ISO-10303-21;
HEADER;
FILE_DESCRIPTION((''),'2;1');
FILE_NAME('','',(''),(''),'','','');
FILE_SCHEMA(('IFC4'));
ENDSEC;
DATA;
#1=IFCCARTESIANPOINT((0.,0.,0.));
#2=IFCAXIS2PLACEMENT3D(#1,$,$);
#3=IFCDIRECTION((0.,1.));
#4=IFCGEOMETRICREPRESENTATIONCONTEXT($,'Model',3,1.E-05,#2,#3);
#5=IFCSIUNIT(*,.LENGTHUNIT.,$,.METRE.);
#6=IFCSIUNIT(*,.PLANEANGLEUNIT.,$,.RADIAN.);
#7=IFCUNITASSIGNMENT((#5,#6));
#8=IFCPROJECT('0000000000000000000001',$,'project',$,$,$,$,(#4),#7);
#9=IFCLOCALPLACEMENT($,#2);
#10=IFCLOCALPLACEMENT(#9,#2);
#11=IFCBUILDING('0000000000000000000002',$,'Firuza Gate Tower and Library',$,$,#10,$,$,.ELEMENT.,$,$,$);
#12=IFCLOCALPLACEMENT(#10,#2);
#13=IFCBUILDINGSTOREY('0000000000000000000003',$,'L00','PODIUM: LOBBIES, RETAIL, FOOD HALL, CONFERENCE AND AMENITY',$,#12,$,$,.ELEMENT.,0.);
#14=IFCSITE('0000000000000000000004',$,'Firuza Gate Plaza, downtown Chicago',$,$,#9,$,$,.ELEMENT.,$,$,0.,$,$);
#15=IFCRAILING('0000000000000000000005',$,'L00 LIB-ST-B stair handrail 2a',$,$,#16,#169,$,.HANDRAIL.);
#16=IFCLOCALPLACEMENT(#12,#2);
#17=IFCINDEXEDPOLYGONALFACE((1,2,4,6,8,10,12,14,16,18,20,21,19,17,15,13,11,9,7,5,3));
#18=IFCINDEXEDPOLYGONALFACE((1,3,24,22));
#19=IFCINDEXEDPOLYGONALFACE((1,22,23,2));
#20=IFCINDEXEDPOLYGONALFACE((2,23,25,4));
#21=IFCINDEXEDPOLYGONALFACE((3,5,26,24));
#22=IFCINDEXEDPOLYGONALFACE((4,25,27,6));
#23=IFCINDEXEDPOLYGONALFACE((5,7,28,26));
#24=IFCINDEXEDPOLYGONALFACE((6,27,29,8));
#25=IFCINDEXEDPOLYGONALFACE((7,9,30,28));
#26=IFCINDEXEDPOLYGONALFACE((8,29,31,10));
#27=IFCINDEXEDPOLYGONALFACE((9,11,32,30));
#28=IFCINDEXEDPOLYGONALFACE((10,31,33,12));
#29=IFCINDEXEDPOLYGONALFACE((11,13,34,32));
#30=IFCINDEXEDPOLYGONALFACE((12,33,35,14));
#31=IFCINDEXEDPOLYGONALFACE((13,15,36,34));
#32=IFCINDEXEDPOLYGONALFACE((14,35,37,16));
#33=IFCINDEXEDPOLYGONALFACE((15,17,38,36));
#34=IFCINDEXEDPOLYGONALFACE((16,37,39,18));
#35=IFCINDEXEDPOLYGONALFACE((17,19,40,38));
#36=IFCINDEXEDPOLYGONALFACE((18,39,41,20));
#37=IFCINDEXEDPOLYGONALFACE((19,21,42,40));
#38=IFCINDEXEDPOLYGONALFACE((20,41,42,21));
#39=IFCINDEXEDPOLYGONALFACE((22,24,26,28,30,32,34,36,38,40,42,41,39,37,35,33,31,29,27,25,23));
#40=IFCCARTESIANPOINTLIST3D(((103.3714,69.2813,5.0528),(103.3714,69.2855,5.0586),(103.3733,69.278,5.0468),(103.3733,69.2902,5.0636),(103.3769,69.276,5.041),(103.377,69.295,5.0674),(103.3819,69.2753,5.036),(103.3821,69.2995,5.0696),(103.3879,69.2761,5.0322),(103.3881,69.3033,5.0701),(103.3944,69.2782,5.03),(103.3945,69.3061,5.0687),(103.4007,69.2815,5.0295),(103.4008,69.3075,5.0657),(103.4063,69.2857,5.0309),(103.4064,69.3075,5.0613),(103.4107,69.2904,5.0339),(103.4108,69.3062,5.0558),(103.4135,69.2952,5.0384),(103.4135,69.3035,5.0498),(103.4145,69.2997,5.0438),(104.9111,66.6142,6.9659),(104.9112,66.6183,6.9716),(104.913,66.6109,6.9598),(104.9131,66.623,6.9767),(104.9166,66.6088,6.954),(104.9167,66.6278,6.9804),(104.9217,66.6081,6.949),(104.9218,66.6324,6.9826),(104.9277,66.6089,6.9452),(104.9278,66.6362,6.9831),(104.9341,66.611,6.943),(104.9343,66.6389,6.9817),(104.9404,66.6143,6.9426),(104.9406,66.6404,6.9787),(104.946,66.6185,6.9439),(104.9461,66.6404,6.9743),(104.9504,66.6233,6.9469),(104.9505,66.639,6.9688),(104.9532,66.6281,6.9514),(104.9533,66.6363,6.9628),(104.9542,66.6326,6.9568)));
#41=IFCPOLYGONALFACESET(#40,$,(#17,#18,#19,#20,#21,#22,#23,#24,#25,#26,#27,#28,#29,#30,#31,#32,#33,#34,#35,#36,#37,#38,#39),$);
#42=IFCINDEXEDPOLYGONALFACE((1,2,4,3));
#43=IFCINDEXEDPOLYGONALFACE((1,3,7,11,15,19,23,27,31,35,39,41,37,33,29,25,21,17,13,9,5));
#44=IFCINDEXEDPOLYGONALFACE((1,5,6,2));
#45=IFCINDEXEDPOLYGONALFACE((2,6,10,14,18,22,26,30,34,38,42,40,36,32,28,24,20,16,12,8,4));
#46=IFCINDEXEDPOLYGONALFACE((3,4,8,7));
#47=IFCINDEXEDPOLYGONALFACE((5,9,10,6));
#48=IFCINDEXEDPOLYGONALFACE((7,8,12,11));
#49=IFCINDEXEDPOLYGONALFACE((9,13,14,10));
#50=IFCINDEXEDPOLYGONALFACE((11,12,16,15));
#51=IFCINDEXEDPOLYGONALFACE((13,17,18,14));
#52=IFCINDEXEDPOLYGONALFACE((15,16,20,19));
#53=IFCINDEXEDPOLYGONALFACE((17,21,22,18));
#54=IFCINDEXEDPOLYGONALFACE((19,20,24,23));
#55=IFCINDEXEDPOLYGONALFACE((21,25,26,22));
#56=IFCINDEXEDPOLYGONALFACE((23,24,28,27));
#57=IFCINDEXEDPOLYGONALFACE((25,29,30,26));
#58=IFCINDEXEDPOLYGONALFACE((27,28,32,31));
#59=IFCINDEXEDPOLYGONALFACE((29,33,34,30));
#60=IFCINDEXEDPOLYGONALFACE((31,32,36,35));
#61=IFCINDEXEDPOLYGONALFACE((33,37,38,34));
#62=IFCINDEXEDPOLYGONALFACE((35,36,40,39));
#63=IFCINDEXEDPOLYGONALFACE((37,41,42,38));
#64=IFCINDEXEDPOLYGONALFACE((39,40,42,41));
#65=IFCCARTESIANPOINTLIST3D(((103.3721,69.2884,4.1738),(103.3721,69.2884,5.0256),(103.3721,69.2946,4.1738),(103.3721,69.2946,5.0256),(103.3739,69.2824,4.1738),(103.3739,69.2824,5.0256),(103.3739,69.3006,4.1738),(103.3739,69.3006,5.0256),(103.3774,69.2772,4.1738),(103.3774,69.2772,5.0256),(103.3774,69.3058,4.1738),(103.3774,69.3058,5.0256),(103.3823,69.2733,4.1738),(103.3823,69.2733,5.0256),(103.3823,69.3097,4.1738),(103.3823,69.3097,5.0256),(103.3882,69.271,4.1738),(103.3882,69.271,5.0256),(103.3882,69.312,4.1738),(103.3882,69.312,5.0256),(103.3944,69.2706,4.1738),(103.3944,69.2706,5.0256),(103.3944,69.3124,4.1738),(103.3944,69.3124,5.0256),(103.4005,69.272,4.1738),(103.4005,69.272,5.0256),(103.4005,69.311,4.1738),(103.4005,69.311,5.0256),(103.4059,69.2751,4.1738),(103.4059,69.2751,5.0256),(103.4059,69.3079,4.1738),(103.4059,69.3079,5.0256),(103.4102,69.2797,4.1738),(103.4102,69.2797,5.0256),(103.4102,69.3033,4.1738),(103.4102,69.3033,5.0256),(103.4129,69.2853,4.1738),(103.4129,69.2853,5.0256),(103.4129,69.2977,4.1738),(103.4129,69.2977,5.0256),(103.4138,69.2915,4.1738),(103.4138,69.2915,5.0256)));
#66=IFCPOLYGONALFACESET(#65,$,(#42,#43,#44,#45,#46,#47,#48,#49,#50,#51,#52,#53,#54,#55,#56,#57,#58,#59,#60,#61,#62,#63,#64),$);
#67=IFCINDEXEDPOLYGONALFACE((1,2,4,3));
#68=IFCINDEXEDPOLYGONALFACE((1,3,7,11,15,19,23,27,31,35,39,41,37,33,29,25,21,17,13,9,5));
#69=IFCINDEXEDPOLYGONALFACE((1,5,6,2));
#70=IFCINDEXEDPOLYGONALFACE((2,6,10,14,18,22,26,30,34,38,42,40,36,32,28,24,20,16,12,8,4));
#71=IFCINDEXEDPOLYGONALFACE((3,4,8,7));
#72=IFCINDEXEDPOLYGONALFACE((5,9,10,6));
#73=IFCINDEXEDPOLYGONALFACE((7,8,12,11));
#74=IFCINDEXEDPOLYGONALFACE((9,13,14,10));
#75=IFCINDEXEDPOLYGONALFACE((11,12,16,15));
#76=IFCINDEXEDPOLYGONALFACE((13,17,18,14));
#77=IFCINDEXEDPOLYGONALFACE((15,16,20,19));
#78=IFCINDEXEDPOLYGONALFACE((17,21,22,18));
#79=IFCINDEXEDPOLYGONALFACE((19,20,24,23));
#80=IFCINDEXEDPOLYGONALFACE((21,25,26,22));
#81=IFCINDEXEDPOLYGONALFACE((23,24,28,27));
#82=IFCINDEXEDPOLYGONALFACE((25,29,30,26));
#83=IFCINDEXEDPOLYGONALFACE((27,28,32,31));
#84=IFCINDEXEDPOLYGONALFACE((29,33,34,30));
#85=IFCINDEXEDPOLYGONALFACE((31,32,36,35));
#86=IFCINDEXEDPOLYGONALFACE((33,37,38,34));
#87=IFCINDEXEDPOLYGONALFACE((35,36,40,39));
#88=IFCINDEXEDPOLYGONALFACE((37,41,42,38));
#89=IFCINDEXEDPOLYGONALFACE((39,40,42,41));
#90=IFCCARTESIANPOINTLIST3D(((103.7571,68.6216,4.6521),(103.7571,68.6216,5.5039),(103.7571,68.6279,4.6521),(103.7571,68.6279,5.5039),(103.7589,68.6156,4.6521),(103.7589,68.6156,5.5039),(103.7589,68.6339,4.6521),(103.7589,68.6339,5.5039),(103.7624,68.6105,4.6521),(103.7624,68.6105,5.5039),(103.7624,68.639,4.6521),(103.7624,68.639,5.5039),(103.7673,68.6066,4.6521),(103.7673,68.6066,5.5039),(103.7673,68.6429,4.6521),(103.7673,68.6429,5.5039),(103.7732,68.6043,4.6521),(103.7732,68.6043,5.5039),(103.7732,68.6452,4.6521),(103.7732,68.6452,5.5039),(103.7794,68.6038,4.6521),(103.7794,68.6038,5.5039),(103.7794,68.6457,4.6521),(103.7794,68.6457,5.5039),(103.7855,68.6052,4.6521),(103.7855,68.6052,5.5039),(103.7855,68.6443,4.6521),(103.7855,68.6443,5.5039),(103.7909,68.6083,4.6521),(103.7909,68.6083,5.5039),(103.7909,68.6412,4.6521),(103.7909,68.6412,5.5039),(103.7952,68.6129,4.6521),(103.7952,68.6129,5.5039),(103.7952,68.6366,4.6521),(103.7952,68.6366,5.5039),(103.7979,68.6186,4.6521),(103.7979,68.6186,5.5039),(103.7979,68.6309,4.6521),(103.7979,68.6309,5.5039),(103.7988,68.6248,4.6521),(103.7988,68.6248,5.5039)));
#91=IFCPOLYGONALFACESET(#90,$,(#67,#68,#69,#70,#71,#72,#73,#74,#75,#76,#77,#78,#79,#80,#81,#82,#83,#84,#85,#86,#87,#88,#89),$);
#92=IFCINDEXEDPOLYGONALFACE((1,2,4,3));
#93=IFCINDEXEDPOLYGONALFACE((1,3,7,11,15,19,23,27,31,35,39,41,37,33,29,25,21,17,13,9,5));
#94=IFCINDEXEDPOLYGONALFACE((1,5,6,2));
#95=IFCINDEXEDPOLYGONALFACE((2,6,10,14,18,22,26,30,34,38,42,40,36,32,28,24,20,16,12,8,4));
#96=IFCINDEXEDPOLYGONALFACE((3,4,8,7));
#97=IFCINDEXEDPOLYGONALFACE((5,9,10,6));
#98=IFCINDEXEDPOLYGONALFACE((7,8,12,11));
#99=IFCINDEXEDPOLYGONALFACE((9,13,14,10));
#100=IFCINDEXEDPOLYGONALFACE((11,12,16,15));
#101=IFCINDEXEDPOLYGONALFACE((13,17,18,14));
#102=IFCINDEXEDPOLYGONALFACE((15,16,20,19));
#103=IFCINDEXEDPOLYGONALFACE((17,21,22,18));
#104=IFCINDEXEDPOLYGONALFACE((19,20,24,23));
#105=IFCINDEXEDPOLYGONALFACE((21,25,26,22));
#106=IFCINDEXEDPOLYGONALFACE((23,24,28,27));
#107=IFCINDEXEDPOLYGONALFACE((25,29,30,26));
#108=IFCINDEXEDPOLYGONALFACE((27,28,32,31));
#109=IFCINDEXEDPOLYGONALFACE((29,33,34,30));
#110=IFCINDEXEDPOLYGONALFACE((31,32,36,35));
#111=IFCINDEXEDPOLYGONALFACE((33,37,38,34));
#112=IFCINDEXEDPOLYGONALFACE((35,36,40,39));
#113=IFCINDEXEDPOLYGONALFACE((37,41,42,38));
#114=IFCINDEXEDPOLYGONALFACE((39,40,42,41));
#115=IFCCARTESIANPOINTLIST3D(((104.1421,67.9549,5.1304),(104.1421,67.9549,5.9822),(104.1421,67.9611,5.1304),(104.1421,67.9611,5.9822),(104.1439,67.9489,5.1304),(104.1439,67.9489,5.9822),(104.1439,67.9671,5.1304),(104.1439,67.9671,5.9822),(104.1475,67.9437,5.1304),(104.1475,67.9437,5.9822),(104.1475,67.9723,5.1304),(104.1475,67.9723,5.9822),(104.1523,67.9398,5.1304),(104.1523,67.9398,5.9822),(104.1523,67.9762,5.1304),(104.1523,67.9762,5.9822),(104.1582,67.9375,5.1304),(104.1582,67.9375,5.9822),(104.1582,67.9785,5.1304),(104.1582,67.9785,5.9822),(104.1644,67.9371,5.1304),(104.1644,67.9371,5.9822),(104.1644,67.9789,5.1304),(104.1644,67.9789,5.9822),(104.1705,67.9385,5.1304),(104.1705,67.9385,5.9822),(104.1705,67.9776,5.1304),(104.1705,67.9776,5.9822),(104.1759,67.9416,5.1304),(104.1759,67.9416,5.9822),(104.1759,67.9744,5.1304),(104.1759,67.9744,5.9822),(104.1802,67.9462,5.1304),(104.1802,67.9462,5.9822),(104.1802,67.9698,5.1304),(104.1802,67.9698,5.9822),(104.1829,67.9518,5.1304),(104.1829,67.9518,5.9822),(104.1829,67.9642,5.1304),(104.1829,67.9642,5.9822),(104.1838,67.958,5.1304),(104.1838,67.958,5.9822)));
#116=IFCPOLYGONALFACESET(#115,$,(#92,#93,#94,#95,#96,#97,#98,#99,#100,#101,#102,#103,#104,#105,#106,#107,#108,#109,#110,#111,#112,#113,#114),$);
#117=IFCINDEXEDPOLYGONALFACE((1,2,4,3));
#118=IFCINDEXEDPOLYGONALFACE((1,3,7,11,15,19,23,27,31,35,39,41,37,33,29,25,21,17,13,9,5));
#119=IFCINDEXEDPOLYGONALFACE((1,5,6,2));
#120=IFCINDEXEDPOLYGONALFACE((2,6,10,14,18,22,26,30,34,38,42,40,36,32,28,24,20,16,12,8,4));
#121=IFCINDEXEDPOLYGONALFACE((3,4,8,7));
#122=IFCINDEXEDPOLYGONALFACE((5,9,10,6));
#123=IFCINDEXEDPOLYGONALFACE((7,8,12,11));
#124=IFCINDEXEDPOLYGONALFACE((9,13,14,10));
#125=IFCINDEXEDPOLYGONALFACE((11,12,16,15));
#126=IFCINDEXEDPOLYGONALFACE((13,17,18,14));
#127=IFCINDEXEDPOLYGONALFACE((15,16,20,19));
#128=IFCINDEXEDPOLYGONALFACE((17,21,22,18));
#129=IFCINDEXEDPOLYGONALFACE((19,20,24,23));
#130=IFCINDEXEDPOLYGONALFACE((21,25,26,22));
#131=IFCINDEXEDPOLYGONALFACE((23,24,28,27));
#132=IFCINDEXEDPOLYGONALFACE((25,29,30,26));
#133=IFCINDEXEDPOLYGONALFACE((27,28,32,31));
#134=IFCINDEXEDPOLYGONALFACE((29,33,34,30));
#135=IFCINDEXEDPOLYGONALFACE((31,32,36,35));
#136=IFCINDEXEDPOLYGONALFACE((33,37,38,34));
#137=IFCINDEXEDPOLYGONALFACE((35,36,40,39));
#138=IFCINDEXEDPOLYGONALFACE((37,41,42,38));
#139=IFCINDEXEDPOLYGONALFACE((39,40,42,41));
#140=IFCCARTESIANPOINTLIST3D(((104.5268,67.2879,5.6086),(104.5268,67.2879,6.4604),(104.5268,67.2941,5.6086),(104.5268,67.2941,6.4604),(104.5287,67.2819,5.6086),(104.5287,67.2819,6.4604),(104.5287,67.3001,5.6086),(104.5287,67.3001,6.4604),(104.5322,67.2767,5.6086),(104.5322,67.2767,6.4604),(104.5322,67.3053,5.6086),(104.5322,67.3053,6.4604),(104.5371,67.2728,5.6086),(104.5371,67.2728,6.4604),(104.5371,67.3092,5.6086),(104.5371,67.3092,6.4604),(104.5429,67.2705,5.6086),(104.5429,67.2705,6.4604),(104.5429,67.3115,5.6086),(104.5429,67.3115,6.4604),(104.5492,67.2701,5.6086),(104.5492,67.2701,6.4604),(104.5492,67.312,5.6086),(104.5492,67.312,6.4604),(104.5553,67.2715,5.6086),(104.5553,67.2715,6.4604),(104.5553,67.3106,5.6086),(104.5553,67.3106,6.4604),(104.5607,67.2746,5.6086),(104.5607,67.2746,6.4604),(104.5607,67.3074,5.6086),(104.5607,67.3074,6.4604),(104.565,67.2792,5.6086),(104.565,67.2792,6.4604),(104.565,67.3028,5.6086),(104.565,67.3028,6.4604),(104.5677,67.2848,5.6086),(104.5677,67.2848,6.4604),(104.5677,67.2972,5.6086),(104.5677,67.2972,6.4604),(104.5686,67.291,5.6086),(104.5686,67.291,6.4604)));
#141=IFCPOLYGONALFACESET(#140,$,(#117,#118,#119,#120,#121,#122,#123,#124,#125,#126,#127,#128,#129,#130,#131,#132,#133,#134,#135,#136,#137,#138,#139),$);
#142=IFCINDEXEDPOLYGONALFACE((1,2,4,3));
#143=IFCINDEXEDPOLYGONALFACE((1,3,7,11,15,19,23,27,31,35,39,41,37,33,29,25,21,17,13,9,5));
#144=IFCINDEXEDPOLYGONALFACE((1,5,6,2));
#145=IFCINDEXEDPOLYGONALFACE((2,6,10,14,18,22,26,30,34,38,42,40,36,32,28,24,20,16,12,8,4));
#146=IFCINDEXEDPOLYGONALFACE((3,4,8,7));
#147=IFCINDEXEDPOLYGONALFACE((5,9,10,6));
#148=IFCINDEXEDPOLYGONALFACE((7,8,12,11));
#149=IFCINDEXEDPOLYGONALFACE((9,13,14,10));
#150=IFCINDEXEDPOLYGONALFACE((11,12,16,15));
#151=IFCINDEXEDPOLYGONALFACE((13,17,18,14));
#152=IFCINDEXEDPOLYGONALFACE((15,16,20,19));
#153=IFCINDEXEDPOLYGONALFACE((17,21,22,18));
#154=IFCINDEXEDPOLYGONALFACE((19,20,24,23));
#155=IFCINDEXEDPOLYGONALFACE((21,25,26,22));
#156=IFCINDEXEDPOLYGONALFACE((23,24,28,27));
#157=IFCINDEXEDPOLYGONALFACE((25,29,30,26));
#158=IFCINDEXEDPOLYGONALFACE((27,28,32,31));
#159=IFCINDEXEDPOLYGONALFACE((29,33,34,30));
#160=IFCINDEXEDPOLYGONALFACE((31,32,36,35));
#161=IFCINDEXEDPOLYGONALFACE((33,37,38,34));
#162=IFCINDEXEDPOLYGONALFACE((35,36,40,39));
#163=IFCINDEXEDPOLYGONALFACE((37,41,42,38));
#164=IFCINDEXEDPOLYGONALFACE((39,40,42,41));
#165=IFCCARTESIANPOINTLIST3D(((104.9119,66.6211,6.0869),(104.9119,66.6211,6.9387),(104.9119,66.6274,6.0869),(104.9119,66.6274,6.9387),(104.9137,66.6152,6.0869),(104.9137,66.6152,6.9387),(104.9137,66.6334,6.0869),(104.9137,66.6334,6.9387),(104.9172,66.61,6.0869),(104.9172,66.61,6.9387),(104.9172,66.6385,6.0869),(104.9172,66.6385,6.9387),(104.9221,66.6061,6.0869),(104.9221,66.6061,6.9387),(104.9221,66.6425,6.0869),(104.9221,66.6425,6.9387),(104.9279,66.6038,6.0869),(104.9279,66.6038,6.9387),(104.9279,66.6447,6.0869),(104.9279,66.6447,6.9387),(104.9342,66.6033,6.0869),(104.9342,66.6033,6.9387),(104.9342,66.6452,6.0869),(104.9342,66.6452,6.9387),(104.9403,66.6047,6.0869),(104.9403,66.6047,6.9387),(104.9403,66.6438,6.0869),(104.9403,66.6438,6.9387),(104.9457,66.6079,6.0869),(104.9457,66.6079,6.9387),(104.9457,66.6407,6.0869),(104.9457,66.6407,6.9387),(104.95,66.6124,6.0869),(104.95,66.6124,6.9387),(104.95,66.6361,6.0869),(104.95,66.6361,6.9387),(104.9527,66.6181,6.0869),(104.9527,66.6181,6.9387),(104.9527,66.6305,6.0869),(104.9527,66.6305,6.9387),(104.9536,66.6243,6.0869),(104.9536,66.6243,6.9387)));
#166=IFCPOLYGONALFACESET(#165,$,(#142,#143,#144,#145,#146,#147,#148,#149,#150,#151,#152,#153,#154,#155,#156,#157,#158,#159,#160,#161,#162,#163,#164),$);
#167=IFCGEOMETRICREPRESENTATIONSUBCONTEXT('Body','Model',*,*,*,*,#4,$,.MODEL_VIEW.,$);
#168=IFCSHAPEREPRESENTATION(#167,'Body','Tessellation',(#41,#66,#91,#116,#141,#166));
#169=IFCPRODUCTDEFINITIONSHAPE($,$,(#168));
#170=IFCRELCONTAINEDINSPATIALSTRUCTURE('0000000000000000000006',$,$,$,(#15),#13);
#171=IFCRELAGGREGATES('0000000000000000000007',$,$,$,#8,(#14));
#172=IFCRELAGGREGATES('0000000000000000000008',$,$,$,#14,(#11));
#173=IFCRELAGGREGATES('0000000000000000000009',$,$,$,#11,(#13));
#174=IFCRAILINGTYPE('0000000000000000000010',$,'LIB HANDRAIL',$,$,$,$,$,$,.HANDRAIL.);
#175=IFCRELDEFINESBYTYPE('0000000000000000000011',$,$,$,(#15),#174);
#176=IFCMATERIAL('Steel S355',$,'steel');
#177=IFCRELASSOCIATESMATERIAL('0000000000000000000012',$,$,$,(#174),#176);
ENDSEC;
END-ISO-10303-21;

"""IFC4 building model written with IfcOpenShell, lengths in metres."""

from ifc_helpers import new_model, si_unit, direction, frame, origin, origin_2d, place, context, subcontext, project, spatial, circle, extrude, material, type_object, element, save


model = new_model("IFC4")

# Units and contexts
model_context = context("Model", 3, precision=1e-05, world=origin(), true_north=direction((0.0, 1.0)))
body_context = subcontext(model_context, "Body", "Model", "MODEL_VIEW")
ifc_project = project(units=[si_unit("LENGTHUNIT", "METRE"), si_unit("PLANEANGLEUNIT", "RADIAN")], contexts=[model_context])

# Site, building, storey
site_placement = place(None, origin())
site = spatial("IfcSite", under=ifc_project, at=site_placement, Name="Firuza Gate Plaza, downtown Chicago", CompositionType="ELEMENT", RefElevation=0.0)
building_placement = place(site_placement, origin())
building = spatial("IfcBuilding", under=site, at=building_placement, Name="Firuza Gate Tower and Library", CompositionType="ELEMENT")
storey_placement = place(building_placement, origin())
storey = spatial("IfcBuildingStorey", under=building, at=storey_placement, Name="L00", Description="PODIUM: LOBBIES, RETAIL, FOOD HALL, CONFERENCE AND AMENITY", CompositionType="ELEMENT", Elevation=0.0)

# Railing
ifc_material_1 = material(Name="Steel S355", Category="steel")
railing_type = type_object("IfcRailingType", Name="LIB HANDRAIL", PredefinedType="HANDRAIL", material=ifc_material_1)
railing_placement = place(storey_placement, frame((103.3928, 69.2915, 4.1738)))
element("IfcRailing", 1, at=railing_placement, inside=storey, type_object=railing_type, Name="L00 LIB-ST-B stair handrail 2a", PredefinedType="HANDRAIL", context=body_context, shape_type="SweptSolid", body=[
    extrude(circle(Radius=0.0239, at=origin_2d()), frame((0.0, 0.0, 0.876), z_axis=(0.4247, -0.735666, 0.52766), x_axis=(0.866044, 0.499967, 0.0)), (0.0, 0.0, 1.0), 3.6255),
    extrude(circle(Radius=0.021, at=origin_2d()), origin(), (0.0, 0.0, 1.0), 0.8518),
    extrude(circle(Radius=0.021, at=origin_2d()), frame((0.385, -0.6667, 0.4783)), (0.0, 0.0, 1.0), 0.8518),
    extrude(circle(Radius=0.021, at=origin_2d()), frame((0.77, -1.3335, 0.9565)), (0.0, 0.0, 1.0), 0.8518),
    extrude(circle(Radius=0.021, at=origin_2d()), frame((1.1548, -2.0005, 1.4348)), (0.0, 0.0, 1.0), 0.8518),
    extrude(circle(Radius=0.021, at=origin_2d()), frame((1.5398, -2.6672, 1.9131)), (0.0, 0.0, 1.0), 0.8518),
])

save(model, "model.ifc")
